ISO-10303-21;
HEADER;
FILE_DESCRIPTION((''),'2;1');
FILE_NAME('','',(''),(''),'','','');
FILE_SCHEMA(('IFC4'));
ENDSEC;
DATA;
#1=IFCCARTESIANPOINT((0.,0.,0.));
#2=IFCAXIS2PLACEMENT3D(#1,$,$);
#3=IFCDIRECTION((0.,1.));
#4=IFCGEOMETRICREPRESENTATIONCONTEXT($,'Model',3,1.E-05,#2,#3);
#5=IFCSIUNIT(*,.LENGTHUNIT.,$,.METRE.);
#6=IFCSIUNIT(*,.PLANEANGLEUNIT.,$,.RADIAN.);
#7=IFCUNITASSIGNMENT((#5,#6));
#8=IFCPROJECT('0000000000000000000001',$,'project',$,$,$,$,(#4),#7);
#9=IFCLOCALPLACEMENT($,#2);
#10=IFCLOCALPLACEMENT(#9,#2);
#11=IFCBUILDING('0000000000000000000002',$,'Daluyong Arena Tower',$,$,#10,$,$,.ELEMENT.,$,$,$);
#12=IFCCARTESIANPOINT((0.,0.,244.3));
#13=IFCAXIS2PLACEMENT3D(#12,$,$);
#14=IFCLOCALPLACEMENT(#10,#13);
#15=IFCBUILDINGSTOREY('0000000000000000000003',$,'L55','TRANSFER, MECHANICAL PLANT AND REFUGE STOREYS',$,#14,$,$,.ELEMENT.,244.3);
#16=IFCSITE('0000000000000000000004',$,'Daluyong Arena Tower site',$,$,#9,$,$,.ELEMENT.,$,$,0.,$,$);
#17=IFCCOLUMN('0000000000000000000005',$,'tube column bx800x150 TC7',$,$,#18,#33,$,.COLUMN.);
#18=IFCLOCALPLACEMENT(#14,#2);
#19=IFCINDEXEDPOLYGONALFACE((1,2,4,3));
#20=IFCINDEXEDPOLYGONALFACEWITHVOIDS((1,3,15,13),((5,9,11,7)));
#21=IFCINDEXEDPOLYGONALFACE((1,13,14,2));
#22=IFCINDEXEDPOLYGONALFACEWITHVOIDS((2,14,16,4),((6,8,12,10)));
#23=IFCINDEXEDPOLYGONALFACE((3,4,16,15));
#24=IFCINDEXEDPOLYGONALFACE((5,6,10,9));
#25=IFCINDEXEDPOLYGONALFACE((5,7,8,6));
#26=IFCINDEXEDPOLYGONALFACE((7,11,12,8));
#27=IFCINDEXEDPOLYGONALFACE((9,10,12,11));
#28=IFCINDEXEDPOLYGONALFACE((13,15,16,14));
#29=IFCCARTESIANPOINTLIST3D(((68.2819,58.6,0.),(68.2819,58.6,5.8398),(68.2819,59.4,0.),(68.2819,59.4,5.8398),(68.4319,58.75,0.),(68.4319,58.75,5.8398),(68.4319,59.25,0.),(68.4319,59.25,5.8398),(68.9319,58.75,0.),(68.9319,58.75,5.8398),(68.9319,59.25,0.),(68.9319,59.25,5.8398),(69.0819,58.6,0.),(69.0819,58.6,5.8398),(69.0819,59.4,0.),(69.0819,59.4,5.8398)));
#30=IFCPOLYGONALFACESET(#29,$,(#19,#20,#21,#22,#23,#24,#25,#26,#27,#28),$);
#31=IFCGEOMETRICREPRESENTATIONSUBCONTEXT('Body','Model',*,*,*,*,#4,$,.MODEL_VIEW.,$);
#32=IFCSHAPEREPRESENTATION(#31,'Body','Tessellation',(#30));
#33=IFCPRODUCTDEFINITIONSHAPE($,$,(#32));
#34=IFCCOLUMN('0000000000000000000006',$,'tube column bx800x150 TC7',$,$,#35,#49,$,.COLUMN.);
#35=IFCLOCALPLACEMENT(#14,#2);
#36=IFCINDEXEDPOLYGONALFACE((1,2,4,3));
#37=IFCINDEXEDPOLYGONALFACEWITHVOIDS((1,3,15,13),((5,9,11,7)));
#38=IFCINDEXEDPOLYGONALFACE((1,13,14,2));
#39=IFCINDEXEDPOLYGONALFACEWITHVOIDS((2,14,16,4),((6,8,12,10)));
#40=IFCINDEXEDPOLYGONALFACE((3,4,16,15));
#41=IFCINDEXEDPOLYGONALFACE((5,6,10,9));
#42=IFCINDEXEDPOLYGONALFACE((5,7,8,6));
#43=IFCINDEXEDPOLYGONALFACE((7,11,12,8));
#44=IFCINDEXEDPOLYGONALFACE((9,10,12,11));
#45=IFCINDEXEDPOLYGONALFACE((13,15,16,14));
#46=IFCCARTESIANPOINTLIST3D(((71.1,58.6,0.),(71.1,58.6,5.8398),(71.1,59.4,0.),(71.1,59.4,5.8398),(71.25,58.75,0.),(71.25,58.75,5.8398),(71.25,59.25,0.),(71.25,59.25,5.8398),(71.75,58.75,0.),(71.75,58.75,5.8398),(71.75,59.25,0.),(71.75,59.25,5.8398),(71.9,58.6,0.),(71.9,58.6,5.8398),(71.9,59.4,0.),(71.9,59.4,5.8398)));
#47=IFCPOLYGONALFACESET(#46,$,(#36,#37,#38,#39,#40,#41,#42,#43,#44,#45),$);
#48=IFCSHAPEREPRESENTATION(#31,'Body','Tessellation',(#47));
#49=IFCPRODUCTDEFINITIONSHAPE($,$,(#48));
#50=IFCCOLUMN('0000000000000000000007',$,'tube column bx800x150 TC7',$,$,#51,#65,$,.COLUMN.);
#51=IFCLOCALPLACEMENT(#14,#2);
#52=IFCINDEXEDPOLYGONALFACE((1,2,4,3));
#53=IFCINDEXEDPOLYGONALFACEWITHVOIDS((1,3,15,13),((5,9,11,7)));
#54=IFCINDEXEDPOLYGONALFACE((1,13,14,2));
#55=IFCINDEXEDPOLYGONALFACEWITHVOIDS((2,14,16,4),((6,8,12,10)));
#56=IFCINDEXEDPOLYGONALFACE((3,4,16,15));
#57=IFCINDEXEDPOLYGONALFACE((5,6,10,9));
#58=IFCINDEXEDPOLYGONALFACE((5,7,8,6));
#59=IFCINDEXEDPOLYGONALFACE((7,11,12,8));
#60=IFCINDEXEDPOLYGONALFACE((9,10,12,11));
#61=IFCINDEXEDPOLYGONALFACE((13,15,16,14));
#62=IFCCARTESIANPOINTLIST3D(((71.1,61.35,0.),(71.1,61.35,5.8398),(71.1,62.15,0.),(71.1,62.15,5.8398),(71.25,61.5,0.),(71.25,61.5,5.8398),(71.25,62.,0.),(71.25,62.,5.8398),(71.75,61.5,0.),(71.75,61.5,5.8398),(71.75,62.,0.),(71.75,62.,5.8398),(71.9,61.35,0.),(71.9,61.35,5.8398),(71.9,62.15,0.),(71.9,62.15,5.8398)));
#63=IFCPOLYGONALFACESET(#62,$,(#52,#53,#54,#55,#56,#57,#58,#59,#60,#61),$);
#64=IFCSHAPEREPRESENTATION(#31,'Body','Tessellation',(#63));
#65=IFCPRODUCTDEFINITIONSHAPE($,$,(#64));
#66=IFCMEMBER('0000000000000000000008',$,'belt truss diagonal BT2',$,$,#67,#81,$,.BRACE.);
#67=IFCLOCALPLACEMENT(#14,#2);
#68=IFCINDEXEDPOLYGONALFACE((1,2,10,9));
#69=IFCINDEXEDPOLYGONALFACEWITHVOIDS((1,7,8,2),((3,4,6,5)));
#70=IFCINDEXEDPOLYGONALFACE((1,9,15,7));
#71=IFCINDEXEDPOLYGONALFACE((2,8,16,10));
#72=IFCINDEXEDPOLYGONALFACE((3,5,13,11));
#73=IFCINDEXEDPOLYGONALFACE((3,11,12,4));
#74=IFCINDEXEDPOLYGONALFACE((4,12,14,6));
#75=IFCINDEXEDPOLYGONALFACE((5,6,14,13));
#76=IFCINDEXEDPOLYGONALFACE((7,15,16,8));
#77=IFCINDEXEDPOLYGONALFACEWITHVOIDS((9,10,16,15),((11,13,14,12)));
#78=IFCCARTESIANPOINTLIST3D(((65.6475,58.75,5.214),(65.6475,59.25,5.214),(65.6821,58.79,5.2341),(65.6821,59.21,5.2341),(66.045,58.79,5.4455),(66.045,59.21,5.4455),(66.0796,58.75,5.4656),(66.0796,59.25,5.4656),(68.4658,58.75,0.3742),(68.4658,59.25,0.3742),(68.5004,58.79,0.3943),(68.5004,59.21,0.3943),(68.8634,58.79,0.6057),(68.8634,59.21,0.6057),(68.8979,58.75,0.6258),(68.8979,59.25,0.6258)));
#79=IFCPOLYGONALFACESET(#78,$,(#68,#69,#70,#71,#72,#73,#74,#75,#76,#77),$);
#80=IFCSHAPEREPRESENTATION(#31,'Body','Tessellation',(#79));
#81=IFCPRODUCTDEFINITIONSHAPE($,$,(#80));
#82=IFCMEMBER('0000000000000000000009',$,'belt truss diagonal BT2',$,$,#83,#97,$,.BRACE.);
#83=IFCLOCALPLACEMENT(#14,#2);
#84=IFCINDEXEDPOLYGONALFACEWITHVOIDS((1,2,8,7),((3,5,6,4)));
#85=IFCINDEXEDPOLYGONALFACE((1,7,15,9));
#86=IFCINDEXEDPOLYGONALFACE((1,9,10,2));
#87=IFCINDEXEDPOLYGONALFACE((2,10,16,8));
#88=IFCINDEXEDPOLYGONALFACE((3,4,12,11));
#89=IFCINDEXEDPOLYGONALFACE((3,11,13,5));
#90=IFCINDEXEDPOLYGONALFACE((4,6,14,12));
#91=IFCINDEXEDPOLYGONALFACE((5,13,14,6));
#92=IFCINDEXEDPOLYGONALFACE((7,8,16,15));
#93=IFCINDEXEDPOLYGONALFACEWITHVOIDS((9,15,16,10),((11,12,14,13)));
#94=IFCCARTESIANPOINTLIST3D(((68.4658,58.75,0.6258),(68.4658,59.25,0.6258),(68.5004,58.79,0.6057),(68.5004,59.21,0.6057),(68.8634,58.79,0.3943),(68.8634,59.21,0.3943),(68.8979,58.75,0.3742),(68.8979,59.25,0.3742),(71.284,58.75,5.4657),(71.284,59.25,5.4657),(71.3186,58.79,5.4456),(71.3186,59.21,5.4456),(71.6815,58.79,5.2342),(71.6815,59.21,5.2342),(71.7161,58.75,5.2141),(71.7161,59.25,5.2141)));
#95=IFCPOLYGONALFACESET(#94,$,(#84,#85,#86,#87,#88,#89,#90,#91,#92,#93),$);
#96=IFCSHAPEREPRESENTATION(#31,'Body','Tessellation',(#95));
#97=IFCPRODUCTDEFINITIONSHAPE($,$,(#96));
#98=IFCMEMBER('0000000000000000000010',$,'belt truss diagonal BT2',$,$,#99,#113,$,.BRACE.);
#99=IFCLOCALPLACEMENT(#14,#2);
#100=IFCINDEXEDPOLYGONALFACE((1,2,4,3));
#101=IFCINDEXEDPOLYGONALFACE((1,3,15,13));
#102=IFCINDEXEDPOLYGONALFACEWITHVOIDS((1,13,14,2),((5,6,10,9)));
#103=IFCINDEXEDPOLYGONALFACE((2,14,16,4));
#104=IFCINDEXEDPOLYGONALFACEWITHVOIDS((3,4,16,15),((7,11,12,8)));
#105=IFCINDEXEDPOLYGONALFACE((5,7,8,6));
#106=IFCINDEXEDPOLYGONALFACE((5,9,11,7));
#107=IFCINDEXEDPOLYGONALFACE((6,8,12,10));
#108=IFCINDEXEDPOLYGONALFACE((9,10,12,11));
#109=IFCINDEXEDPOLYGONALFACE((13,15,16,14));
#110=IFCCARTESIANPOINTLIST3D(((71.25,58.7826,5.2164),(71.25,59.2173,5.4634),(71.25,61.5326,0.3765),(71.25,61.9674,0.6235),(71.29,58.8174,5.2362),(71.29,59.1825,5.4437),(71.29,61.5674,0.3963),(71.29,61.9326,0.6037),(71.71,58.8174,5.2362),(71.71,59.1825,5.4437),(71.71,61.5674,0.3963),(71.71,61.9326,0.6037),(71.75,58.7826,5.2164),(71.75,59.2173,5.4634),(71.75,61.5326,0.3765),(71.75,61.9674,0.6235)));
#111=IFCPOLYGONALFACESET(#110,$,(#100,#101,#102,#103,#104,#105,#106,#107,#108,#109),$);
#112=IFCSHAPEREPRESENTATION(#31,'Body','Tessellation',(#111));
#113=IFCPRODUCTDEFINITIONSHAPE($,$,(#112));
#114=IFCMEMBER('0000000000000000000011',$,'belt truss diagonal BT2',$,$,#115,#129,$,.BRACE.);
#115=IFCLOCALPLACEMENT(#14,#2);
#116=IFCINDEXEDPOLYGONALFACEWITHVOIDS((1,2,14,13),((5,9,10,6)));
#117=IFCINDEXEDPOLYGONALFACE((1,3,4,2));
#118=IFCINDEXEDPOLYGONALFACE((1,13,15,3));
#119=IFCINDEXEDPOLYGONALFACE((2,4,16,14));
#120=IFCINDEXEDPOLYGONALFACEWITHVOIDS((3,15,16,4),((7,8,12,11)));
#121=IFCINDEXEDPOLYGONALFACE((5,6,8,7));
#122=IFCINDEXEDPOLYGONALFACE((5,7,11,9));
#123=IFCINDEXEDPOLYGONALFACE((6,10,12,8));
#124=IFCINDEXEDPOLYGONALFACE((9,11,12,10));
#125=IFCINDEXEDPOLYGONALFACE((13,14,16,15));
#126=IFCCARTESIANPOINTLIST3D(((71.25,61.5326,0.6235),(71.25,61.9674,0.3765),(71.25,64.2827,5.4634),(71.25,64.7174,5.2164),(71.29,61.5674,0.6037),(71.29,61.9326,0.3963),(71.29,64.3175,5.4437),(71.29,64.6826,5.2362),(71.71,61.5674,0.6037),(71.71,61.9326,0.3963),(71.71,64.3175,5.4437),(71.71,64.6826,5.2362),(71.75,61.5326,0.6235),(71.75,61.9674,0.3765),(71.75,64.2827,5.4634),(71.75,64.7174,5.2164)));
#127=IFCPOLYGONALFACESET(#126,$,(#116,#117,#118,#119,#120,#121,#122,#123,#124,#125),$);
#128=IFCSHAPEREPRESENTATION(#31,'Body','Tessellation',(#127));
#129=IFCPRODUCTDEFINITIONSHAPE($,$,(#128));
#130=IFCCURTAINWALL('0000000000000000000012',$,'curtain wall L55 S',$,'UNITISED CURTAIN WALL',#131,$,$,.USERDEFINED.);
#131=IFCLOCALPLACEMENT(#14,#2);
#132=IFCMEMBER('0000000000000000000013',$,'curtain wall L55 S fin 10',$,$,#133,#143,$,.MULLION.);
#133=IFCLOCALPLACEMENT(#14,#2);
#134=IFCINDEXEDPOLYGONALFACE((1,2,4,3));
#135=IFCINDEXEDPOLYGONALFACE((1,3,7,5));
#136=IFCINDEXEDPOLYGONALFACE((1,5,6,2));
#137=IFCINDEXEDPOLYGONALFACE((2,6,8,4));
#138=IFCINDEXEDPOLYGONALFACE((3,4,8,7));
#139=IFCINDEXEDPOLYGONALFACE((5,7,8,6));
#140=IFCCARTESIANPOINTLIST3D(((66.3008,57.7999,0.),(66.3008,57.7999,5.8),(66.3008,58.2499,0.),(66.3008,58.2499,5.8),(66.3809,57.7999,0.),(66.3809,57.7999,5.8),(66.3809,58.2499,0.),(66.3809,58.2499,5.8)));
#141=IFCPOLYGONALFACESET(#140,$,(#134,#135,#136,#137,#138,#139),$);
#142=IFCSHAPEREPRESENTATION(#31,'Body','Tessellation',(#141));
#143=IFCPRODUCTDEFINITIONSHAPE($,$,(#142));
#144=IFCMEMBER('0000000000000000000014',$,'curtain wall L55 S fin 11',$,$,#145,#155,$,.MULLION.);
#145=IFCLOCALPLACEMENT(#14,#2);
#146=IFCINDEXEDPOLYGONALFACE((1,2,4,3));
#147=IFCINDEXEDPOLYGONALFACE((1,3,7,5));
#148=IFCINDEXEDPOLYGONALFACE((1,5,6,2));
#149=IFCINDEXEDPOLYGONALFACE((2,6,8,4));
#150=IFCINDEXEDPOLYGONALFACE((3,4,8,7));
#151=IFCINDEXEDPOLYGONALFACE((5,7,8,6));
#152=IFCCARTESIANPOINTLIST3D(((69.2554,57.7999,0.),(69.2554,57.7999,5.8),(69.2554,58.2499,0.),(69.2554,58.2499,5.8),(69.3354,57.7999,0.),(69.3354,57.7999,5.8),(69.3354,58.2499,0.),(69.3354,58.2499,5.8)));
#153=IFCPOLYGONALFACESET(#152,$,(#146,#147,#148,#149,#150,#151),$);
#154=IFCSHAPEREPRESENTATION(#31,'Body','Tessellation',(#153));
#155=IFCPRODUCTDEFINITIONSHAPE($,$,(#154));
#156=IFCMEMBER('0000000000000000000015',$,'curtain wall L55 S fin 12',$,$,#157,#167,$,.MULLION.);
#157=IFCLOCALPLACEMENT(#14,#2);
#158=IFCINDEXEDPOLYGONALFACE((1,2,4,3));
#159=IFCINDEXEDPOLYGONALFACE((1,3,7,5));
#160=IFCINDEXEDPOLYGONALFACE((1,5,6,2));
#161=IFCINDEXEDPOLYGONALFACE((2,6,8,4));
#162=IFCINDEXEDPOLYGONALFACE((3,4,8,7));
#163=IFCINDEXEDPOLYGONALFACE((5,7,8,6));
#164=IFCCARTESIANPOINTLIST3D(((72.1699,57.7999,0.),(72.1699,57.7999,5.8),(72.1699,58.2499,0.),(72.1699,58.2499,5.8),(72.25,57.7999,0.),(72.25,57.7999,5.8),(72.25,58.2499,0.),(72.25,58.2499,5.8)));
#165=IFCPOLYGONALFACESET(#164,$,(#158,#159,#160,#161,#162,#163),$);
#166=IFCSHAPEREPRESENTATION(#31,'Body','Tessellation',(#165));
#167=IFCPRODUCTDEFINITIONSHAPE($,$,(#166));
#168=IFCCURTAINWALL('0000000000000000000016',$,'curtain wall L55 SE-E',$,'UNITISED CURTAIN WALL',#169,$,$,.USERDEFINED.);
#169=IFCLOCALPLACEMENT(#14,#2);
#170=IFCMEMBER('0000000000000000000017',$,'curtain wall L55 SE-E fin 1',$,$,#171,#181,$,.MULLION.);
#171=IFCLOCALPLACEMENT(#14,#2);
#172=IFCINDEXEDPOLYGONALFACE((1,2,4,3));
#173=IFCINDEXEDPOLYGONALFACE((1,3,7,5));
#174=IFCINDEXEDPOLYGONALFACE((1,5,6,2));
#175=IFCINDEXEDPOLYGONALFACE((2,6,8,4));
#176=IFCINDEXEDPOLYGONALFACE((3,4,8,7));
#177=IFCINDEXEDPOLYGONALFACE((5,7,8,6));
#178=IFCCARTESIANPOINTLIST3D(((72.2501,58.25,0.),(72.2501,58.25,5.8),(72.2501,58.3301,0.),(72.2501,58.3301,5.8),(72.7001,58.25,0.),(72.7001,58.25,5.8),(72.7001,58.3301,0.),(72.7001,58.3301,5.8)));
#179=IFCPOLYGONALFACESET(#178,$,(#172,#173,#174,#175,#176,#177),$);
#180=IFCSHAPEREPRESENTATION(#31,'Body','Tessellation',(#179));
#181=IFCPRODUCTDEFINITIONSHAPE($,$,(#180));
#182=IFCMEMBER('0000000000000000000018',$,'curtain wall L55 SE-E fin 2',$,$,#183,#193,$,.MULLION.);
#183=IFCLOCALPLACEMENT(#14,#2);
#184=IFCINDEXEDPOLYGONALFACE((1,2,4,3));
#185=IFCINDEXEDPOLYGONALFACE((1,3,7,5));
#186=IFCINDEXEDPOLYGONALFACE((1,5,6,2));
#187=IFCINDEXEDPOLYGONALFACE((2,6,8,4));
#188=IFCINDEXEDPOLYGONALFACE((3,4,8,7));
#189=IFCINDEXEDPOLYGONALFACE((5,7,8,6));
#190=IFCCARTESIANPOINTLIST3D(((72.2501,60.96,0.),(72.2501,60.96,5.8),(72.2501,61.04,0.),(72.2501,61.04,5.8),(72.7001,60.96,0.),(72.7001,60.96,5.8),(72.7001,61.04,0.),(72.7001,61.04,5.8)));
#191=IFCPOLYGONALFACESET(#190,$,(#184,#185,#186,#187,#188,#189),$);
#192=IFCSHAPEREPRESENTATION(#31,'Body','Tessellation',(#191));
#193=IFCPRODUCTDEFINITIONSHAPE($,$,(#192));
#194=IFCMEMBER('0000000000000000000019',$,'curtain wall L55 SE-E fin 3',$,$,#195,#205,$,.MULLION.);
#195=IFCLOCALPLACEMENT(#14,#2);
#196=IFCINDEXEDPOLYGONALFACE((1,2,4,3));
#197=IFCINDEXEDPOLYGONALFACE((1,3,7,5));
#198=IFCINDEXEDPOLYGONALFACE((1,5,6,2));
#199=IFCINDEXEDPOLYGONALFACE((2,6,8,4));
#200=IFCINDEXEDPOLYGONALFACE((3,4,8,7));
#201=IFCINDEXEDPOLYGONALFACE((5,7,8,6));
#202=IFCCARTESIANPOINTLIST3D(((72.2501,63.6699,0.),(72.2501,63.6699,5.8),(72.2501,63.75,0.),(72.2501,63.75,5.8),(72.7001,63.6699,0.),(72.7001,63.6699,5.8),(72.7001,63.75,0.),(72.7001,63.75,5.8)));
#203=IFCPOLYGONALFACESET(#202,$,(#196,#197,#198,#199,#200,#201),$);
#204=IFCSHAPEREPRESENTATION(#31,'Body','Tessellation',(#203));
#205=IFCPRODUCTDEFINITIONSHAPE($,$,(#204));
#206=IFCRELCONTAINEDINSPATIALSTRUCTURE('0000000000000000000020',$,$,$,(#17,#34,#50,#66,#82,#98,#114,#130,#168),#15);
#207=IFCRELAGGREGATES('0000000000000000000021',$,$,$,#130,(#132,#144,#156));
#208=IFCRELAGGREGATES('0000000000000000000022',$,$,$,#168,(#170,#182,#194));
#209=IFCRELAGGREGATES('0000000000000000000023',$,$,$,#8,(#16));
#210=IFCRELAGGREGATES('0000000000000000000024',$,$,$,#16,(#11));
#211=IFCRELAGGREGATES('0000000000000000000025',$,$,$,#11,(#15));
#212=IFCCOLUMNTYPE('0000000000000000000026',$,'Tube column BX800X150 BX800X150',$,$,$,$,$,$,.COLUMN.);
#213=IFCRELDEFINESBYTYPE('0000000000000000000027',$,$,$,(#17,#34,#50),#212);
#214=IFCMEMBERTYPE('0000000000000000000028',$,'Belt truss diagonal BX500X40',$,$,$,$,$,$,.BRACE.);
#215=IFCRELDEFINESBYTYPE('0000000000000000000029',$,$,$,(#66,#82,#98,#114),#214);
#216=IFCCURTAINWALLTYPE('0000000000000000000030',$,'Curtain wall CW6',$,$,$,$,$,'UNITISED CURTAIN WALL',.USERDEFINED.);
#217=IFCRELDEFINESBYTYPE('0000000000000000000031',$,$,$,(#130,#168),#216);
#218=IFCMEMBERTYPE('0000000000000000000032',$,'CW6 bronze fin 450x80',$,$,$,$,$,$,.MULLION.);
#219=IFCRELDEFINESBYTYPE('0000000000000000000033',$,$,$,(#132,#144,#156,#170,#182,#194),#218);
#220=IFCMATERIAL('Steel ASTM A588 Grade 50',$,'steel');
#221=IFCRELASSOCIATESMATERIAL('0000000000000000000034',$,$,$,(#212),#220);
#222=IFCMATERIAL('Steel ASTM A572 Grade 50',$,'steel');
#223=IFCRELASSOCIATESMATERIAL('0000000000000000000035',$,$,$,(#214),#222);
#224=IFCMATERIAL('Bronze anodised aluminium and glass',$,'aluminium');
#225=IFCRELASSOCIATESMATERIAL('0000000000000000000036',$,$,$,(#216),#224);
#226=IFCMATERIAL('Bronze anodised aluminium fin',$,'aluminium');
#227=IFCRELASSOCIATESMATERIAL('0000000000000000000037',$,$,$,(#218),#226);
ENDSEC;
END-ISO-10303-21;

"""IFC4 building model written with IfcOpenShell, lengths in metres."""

from ifc_helpers import new_model, si_unit, direction, frame, origin, origin_2d, place, context, subcontext, project, spatial, rectangle, hollow_rectangle, extrude, material, material_profile, profile_set, type_object, element, aggregate, save


model = new_model("IFC4")

# Units and contexts
model_context = context("Model", 3, precision=1e-05, world=origin(), true_north=direction((0.0, 1.0)))
body_context = subcontext(model_context, "Body", "Model", "MODEL_VIEW")
ifc_project = project(units=[si_unit("LENGTHUNIT", "METRE"), si_unit("PLANEANGLEUNIT", "RADIAN")], contexts=[model_context])

# Site, building, storey
site_placement = place(None, origin())
site = spatial("IfcSite", under=ifc_project, at=site_placement, Name="Daluyong Arena Tower site", CompositionType="ELEMENT", RefElevation=0.0)
building_placement = place(site_placement, origin())
building = spatial("IfcBuilding", under=site, at=building_placement, Name="Daluyong Arena Tower", CompositionType="ELEMENT")
storey_placement = place(building_placement, frame((0.0, 0.0, 244.3)))
storey = spatial("IfcBuildingStorey", under=building, at=storey_placement, Name="L55", Description="TRANSFER, MECHANICAL PLANT AND REFUGE STOREYS", CompositionType="ELEMENT", Elevation=244.3)

# Columns
ifc_material_1 = material(Name="Steel ASTM A588 Grade 50", Category="steel")
ifc_material_profile_1 = material_profile(ifc_material_1, hollow_rectangle(XDim=0.8, YDim=0.8, WallThickness=0.15, at=origin_2d()))
ifc_profile_set_1 = profile_set([ifc_material_profile_1], Name="Steel ASTM A588 Grade 50")
column_type = type_object("IfcColumnType", Name="Tube column BX800X150 BX800X150", PredefinedType="COLUMN", material=ifc_profile_set_1)
for number, where, z_axis, x_axis, name in (
    (1, (68.6819, 59.0, 0.0), (0.0, 0.0, 1.0), (1.0, 0.0, 0.0), "tube column bx800x150 TC7"),
    (2, (71.5, 59.0, 0.0), (0.0, 0.0, 1.0), (0.0, 1.0, 0.0), "tube column bx800x150 TC7"),
    (3, (71.5, 61.75, 0.0), (0.0, 0.0, 1.0), (0.0, 1.0, 0.0), "tube column bx800x150 TC7"),
):
    element("IfcColumn", number, at=place(storey_placement, frame(where, z_axis=z_axis, x_axis=x_axis)), inside=storey, type_object=column_type, Name=name, PredefinedType="COLUMN", context=body_context, shape_type="SweptSolid", body=[
        extrude(hollow_rectangle(XDim=0.8, YDim=0.8, WallThickness=0.15, at=origin_2d()), origin(), (0.0, 0.0, 1.0), 5.8398),
    ])

# Members
ifc_material_2 = material(Name="Steel ASTM A572 Grade 50", Category="steel")
ifc_material_profile_2 = material_profile(ifc_material_2, hollow_rectangle(XDim=0.5, YDim=0.5, WallThickness=0.04, at=origin_2d()))
ifc_profile_set_2 = profile_set([ifc_material_profile_2], Name="Steel ASTM A572 Grade 50")
member_type_1 = type_object("IfcMemberType", Name="Belt truss diagonal BX500X40", PredefinedType="BRACE", material=ifc_profile_set_2)
for number, where, z_axis, x_axis, name in (
    (4, (68.6819, 59.0, 0.5), (-0.50322, 0.0, 0.864158), (0.0, -1.0, 0.0), "belt truss diagonal BT2"),
    (5, (68.6819, 59.0, 0.5), (0.503188, 0.0, 0.864177), (0.0, 1.0, 0.0), "belt truss diagonal BT2"),
):
    element("IfcMember", number, at=place(storey_placement, frame(where, z_axis=z_axis, x_axis=x_axis)), inside=storey, type_object=member_type_1, Name=name, PredefinedType="BRACE", context=body_context, shape_type="SweptSolid", body=[
        extrude(hollow_rectangle(XDim=0.5, YDim=0.5, WallThickness=0.04, at=origin_2d()), origin(), (0.0, 0.0, 1.0), 5.6006),
    ])
for number, where, z_axis, x_axis, name in (
    (6, (71.5, 61.75, 0.5), (0.0, -0.494021, 0.86945), (1.0, 0.0, 0.0), "belt truss diagonal BT2"),
    (7, (71.5, 61.75, 0.5), (0.0, 0.494021, 0.86945), (-1.0, 0.0, 0.0), "belt truss diagonal BT2"),
):
    element("IfcMember", number, at=place(storey_placement, frame(where, z_axis=z_axis, x_axis=x_axis)), inside=storey, type_object=member_type_1, Name=name, PredefinedType="BRACE", context=body_context, shape_type="SweptSolid", body=[
        extrude(hollow_rectangle(XDim=0.5, YDim=0.5, WallThickness=0.04, at=origin_2d()), origin(), (0.0, 0.0, 1.0), 5.5667),
    ])

# Curtain walls, members
ifc_material_3 = material(Name="Bronze anodised aluminium and glass", Category="aluminium")
curtain_wall_type = type_object("IfcCurtainWallType", Name="Curtain wall CW6", ElementType="UNITISED CURTAIN WALL", PredefinedType="USERDEFINED", material=ifc_material_3)
curtain_wall_1_placement = place(storey_placement, origin())
curtain_wall_1 = element("IfcCurtainWall", 8, at=curtain_wall_1_placement, inside=storey, type_object=curtain_wall_type, Name="curtain wall L55 S", ObjectType="UNITISED CURTAIN WALL", PredefinedType="USERDEFINED")
ifc_material_4 = material(Name="Bronze anodised aluminium fin", Category="aluminium")
ifc_material_profile_3 = material_profile(ifc_material_4, rectangle(XDim=0.45, YDim=0.0801, at=origin_2d()))
ifc_profile_set_3 = profile_set([ifc_material_profile_3], Name="Bronze anodised aluminium fin")
member_type_2 = type_object("IfcMemberType", Name="CW6 bronze fin 450x80", PredefinedType="MULLION", material=ifc_profile_set_3)
member_1_placement = place(storey_placement, frame((66.3408, 58.0249, 0.0), z_axis=(0.0, 0.0, 1.0), x_axis=(0.0, 1.0, 0.0)))
member_1 = element("IfcMember", 9, at=member_1_placement, type_object=member_type_2, Name="curtain wall L55 S fin 10", PredefinedType="MULLION", context=body_context, shape_type="SweptSolid", body=[
    extrude(rectangle(XDim=0.45, YDim=0.0801, at=origin_2d()), origin(), (0.0, 0.0, 1.0), 5.8),
])
member_2_placement = place(storey_placement, frame((69.2954, 58.0249, 0.0), z_axis=(0.0, 0.0, 1.0), x_axis=(0.0, 1.0, 0.0)))
member_2 = element("IfcMember", 10, at=member_2_placement, type_object=member_type_2, Name="curtain wall L55 S fin 11", PredefinedType="MULLION", context=body_context, shape_type="SweptSolid", body=[
    extrude(rectangle(XDim=0.45, YDim=0.0801, at=origin_2d()), origin(), (0.0, 0.0, 1.0), 5.8),
])
member_3_placement = place(storey_placement, frame((72.21, 58.0249, 0.0), z_axis=(0.0, 0.0, 1.0), x_axis=(0.0, 1.0, 0.0)))
member_3 = element("IfcMember", 11, at=member_3_placement, type_object=member_type_2, Name="curtain wall L55 S fin 12", PredefinedType="MULLION", context=body_context, shape_type="SweptSolid", body=[
    extrude(rectangle(XDim=0.45, YDim=0.0801, at=origin_2d()), origin(), (0.0, 0.0, 1.0), 5.8),
])
curtain_wall_2_placement = place(storey_placement, origin())
curtain_wall_2 = element("IfcCurtainWall", 12, at=curtain_wall_2_placement, inside=storey, type_object=curtain_wall_type, Name="curtain wall L55 SE-E", ObjectType="UNITISED CURTAIN WALL", PredefinedType="USERDEFINED")
member_4_placement = place(storey_placement, frame((72.4751, 58.29, 0.0), z_axis=(0.0, 0.0, 1.0), x_axis=(-1.0, 0.0, 0.0)))
member_4 = element("IfcMember", 13, at=member_4_placement, type_object=member_type_2, Name="curtain wall L55 SE-E fin 1", PredefinedType="MULLION", context=body_context, shape_type="SweptSolid", body=[
    extrude(rectangle(XDim=0.45, YDim=0.0801, at=origin_2d()), origin(), (0.0, 0.0, 1.0), 5.8),
])
member_5_placement = place(storey_placement, frame((72.4751, 61.0, 0.0), z_axis=(0.0, 0.0, 1.0), x_axis=(-1.0, 0.0, 0.0)))
member_5 = element("IfcMember", 14, at=member_5_placement, type_object=member_type_2, Name="curtain wall L55 SE-E fin 2", PredefinedType="MULLION", context=body_context, shape_type="SweptSolid", body=[
    extrude(rectangle(XDim=0.45, YDim=0.0801, at=origin_2d()), origin(), (0.0, 0.0, 1.0), 5.8),
])
member_6_placement = place(storey_placement, frame((72.4751, 63.71, 0.0), z_axis=(0.0, 0.0, 1.0), x_axis=(-1.0, 0.0, 0.0)))
member_6 = element("IfcMember", 15, at=member_6_placement, type_object=member_type_2, Name="curtain wall L55 SE-E fin 3", PredefinedType="MULLION", context=body_context, shape_type="SweptSolid", body=[
    extrude(rectangle(XDim=0.45, YDim=0.0801, at=origin_2d()), origin(), (0.0, 0.0, 1.0), 5.8),
])

aggregate(curtain_wall_1, [member_1, member_2, member_3])
aggregate(curtain_wall_2, [member_4, member_5, member_6])

save(model, "model.ifc")
